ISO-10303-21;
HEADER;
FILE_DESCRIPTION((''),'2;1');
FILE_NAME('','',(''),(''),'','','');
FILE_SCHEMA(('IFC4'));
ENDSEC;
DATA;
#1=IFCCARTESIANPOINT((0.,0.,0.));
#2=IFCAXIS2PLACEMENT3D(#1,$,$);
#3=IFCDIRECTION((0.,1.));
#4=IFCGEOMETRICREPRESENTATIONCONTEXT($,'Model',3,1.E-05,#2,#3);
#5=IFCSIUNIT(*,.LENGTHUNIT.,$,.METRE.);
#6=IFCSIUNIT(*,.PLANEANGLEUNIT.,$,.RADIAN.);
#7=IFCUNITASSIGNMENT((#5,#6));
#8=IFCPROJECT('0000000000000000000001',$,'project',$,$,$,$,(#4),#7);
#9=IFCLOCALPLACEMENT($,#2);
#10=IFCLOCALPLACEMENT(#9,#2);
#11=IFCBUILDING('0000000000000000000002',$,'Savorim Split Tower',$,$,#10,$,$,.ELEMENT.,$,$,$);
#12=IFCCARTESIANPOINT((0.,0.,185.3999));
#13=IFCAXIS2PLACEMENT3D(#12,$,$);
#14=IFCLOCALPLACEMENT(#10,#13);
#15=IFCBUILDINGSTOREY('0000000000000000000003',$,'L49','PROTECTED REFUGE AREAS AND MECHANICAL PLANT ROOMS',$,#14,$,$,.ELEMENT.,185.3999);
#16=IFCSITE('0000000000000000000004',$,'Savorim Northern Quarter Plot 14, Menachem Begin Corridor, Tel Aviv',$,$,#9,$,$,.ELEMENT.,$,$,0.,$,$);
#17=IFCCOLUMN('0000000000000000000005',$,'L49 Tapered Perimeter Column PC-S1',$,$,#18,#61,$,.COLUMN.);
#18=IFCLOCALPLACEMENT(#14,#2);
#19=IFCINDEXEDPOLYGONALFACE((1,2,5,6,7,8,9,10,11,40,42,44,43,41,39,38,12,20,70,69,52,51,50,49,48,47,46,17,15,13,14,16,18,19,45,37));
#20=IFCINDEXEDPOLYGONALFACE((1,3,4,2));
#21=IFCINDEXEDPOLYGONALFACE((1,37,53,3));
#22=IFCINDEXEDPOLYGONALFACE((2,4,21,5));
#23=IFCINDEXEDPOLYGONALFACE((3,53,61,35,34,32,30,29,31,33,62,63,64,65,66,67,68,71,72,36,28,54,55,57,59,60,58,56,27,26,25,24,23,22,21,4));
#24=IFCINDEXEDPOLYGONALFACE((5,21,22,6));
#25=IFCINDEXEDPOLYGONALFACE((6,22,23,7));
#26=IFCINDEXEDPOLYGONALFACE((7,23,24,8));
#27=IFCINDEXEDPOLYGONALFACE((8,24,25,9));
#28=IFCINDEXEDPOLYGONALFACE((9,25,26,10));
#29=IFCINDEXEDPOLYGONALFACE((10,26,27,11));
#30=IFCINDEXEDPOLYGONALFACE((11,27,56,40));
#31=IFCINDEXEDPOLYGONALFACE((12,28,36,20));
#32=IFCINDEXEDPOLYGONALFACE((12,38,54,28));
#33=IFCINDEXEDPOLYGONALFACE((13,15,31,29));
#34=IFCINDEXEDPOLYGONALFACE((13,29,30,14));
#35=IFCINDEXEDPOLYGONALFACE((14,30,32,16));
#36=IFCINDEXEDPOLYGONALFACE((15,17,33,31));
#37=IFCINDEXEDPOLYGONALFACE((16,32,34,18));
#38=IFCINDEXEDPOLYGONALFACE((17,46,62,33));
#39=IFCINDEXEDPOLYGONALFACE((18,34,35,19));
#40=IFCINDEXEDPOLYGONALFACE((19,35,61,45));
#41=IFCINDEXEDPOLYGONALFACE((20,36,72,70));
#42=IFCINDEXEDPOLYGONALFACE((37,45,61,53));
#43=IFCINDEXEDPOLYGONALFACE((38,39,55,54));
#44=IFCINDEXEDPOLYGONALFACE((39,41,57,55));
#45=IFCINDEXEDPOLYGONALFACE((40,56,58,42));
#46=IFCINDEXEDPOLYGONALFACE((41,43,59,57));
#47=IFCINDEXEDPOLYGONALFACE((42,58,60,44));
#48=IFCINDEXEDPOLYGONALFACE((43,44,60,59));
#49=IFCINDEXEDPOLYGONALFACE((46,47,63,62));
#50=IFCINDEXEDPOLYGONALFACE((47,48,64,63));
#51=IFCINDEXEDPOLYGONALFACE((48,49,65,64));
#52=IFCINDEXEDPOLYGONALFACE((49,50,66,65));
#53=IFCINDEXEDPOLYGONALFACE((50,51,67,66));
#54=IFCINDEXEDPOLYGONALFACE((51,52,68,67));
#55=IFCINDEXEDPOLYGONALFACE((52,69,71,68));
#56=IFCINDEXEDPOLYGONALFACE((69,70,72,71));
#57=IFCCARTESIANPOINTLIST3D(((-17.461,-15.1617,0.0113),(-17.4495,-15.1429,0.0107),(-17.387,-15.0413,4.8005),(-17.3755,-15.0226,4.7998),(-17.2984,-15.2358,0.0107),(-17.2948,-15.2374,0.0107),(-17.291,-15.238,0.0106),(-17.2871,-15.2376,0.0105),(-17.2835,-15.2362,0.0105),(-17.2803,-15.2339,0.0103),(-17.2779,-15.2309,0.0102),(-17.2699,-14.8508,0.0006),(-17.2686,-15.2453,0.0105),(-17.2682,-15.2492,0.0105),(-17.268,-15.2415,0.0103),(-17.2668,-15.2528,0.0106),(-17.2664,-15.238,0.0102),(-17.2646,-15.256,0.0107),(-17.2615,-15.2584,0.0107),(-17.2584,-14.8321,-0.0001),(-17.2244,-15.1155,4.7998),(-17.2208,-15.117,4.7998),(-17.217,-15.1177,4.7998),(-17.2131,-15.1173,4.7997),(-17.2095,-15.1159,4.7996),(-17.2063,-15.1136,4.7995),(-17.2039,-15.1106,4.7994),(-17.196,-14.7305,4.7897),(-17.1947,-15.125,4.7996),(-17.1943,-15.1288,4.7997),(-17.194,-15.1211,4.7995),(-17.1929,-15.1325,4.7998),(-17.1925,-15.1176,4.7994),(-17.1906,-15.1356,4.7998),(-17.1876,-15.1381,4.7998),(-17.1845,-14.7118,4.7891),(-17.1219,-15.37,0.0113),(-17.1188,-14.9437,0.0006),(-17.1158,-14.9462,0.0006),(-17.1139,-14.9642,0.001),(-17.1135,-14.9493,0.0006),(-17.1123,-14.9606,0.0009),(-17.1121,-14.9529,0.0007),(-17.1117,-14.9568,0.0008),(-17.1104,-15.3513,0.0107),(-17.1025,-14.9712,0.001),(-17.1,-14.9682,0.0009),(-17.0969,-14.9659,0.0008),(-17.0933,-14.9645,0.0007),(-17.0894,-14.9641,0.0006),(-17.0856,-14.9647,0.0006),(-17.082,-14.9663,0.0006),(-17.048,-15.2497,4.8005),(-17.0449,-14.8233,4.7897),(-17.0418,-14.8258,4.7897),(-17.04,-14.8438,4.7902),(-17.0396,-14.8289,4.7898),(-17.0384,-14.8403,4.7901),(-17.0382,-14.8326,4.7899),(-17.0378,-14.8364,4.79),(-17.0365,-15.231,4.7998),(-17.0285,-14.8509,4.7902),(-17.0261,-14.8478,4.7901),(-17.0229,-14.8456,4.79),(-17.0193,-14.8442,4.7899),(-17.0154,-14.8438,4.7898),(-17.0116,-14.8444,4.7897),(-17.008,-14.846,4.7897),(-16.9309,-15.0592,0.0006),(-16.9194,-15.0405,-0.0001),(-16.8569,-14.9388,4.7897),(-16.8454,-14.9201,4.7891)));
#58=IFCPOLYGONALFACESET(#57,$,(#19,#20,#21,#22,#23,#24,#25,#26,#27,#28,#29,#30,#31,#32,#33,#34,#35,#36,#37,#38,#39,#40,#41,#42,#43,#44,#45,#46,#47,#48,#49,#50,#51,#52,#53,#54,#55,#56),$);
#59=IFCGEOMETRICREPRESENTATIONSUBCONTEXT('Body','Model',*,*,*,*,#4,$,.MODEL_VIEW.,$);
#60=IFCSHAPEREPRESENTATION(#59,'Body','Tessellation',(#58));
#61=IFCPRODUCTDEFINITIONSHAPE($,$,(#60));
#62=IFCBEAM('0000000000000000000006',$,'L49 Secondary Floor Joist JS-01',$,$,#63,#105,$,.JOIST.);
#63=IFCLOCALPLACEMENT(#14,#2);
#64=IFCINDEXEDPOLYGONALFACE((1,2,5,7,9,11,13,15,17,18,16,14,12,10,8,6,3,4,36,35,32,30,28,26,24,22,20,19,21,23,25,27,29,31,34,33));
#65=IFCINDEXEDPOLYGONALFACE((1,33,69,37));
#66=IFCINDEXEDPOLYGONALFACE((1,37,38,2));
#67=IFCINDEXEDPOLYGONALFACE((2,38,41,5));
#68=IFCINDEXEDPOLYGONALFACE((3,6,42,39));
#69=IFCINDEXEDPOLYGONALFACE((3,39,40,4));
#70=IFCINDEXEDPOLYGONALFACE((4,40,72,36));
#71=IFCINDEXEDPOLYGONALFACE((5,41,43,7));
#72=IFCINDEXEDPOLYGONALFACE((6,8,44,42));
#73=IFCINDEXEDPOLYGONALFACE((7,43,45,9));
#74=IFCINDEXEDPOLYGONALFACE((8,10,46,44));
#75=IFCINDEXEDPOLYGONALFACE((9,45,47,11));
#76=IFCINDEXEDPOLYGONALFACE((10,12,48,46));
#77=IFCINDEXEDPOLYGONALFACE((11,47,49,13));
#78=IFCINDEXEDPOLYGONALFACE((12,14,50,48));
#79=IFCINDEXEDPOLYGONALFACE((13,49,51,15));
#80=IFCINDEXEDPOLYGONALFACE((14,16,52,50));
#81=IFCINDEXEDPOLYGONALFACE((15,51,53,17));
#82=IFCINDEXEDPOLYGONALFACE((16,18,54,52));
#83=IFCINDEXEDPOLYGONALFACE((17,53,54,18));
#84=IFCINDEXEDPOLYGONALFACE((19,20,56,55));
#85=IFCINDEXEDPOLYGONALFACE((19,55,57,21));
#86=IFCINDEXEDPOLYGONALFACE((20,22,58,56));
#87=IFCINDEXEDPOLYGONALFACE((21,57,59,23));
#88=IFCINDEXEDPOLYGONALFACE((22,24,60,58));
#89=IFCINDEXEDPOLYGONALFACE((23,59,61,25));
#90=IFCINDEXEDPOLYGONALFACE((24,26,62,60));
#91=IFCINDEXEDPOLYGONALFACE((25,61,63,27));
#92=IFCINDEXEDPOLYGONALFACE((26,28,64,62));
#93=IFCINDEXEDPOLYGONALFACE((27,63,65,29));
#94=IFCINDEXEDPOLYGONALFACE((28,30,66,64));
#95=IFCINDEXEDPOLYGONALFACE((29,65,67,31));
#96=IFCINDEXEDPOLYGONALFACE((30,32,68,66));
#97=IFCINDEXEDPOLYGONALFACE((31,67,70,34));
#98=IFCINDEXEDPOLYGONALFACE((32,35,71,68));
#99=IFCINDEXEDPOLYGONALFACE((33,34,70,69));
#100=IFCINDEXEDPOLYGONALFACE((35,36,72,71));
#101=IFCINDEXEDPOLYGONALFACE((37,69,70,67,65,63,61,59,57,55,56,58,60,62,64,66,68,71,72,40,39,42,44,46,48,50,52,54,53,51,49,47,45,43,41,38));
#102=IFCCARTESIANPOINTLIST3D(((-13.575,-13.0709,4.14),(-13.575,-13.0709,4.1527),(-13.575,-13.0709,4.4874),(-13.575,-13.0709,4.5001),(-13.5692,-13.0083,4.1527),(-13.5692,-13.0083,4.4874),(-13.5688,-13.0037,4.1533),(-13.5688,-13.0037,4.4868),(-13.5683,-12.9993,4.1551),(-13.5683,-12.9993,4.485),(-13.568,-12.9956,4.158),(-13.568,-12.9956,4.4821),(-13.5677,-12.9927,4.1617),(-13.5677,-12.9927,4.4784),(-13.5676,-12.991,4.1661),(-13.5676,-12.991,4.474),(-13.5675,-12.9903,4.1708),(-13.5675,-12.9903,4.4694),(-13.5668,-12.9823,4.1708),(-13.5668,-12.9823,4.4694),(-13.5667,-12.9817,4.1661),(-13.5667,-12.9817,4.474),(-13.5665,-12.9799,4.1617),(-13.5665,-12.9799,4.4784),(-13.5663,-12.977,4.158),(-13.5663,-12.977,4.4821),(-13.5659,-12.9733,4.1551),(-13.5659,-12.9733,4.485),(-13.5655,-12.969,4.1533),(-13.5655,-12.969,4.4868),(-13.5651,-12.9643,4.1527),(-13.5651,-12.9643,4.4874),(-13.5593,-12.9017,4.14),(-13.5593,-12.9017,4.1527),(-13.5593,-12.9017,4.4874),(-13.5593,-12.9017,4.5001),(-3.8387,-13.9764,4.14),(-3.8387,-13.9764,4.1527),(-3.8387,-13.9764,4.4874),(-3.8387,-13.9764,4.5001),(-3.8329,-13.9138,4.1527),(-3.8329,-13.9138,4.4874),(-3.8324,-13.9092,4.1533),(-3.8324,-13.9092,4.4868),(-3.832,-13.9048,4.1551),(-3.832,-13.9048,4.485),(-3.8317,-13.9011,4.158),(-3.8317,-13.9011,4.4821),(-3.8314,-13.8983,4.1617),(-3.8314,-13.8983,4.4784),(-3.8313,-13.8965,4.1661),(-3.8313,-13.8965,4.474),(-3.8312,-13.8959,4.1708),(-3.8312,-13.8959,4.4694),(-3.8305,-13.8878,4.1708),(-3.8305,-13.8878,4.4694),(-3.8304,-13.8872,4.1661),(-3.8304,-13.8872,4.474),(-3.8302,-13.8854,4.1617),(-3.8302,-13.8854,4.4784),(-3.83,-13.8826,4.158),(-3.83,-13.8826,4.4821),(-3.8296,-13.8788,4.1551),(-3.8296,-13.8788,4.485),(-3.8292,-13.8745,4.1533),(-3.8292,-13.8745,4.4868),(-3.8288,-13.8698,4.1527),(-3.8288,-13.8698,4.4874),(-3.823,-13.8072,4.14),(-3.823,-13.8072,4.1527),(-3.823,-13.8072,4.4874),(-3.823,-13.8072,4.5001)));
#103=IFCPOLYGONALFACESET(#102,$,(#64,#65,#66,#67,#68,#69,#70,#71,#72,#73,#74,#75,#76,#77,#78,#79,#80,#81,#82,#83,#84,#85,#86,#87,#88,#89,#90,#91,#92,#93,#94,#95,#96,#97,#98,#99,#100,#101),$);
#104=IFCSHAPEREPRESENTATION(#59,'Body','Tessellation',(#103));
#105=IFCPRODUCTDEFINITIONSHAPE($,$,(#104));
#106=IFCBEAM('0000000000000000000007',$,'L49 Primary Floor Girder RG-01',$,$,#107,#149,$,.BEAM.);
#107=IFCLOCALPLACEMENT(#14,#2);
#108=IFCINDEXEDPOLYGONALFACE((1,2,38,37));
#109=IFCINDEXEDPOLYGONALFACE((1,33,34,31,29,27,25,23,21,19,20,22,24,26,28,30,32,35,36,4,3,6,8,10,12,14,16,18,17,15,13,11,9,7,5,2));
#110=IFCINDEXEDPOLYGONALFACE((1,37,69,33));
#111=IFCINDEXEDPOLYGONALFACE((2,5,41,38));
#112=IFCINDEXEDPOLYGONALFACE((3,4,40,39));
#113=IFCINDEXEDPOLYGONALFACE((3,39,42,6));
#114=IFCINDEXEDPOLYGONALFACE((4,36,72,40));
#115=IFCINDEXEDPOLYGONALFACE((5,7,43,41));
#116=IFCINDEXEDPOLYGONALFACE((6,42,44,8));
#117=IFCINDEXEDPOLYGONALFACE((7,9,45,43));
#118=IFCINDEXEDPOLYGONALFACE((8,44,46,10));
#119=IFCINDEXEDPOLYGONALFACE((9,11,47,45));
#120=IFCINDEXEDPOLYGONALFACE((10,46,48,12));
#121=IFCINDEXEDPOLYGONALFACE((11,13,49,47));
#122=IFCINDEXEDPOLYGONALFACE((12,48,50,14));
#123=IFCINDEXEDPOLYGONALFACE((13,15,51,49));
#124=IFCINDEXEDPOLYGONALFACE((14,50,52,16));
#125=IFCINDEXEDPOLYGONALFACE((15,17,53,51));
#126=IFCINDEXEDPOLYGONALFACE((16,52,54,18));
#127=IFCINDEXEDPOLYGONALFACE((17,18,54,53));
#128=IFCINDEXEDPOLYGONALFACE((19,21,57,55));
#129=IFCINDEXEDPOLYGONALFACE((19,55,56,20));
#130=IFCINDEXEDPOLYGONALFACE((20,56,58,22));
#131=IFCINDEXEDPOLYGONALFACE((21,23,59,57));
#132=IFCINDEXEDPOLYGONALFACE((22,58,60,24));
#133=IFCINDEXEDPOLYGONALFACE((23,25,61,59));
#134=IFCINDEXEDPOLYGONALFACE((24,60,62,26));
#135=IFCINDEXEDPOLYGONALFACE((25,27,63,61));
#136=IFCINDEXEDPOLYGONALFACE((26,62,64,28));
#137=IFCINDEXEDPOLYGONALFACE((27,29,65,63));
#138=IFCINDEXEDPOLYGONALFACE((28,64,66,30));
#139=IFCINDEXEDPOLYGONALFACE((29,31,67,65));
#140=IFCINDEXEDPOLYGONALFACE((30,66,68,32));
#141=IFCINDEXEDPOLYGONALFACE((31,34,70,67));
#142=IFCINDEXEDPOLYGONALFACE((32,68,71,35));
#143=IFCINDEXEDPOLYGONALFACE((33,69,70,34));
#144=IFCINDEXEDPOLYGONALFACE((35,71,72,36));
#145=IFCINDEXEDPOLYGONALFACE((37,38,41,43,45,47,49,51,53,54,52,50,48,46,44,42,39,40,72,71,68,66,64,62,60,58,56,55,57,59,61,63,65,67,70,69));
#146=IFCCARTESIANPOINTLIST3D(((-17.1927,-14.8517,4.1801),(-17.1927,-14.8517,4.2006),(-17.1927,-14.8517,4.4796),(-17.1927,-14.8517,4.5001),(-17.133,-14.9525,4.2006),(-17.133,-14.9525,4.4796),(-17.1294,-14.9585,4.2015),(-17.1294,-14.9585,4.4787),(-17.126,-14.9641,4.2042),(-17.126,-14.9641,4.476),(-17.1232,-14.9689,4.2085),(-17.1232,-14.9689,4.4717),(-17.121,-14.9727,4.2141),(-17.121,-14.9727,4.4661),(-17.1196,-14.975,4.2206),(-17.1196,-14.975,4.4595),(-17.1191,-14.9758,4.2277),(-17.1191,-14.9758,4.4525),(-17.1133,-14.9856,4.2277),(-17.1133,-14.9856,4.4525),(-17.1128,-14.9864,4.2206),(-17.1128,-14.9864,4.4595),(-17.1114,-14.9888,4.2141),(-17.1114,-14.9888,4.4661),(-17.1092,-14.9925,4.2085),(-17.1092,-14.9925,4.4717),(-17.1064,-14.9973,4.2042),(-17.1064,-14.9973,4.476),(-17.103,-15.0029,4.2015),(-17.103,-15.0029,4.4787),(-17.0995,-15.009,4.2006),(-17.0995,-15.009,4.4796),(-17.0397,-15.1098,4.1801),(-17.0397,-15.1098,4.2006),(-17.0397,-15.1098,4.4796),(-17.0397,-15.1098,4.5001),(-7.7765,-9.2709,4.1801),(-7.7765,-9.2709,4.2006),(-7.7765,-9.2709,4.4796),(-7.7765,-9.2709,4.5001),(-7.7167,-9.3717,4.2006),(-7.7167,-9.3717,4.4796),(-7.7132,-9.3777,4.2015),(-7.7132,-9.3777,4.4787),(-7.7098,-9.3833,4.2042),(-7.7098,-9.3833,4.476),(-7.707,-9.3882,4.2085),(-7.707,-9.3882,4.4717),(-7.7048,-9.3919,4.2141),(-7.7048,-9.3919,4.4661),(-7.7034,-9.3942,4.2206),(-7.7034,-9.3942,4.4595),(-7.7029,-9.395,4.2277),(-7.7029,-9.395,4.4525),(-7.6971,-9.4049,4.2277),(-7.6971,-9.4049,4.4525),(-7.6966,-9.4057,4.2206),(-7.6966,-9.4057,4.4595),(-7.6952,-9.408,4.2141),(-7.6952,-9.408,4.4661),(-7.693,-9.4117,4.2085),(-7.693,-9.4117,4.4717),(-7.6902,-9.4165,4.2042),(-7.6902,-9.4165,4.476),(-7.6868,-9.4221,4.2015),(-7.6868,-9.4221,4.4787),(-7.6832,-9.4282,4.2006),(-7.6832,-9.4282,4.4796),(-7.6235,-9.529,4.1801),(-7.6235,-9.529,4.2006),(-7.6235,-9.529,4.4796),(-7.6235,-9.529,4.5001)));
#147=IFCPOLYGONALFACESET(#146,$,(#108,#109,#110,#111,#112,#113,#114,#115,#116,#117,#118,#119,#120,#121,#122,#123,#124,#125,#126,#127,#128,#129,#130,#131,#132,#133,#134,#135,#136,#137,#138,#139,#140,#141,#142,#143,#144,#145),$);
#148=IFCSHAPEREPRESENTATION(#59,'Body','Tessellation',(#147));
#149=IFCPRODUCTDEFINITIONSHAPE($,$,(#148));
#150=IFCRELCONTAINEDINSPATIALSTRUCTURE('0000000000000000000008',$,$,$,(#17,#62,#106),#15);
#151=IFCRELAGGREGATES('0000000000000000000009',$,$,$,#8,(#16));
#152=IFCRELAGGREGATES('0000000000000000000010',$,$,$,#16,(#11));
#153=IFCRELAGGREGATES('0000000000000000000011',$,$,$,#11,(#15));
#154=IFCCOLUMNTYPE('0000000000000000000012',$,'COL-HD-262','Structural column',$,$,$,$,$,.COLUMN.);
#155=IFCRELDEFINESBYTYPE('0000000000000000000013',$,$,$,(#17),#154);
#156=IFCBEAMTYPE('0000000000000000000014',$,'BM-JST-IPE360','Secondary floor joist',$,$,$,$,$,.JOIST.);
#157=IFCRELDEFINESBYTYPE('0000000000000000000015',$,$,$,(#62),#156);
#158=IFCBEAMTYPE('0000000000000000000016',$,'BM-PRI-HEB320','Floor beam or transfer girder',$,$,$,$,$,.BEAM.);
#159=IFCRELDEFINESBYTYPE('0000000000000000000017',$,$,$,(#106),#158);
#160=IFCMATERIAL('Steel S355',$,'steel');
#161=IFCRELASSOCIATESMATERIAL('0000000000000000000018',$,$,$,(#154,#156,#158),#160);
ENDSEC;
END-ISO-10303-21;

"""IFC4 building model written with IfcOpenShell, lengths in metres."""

from ifc_helpers import new_model, si_unit, direction, frame, origin, origin_2d, place, context, subcontext, project, spatial, i_section, extrude, material, material_profile, profile_set, type_object, element, save


model = new_model("IFC4")

# Units and contexts
model_context = context("Model", 3, precision=1e-05, world=origin(), true_north=direction((0.0, 1.0)))
body_context = subcontext(model_context, "Body", "Model", "MODEL_VIEW")
ifc_project = project(units=[si_unit("LENGTHUNIT", "METRE"), si_unit("PLANEANGLEUNIT", "RADIAN")], contexts=[model_context])

# Site, building, storey
site_placement = place(None, origin())
site = spatial("IfcSite", under=ifc_project, at=site_placement, Name="Savorim Northern Quarter Plot 14, Menachem Begin Corridor, Tel Aviv", CompositionType="ELEMENT", RefElevation=0.0)
building_placement = place(site_placement, origin())
building = spatial("IfcBuilding", under=site, at=building_placement, Name="Savorim Split Tower", CompositionType="ELEMENT")
storey_placement = place(building_placement, frame((0.0, 0.0, 185.3999)))
storey = spatial("IfcBuildingStorey", under=building, at=storey_placement, Name="L49", Description="PROTECTED REFUGE AREAS AND MECHANICAL PLANT ROOMS", CompositionType="ELEMENT", Elevation=185.3999)

# Column
ifc_material_1 = material(Name="Steel S355", Category="steel")
ifc_material_profile_1 = material_profile(ifc_material_1, i_section(OverallWidth=0.3979, OverallDepth=0.387, WebThickness=0.0134, FlangeThickness=0.022, FilletRadius=0.0149, at=origin_2d()), Name="HD 400x262")
ifc_profile_set_1 = profile_set([ifc_material_profile_1], Name="Steel S355")
column_type = type_object("IfcColumnType", Name="COL-HD-262", Description="Structural column", PredefinedType="COLUMN", material=ifc_profile_set_1)
column_placement = place(storey_placement, frame((-17.1902, -15.1011, 0.0056), z_axis=(0.01544, 0.025122, 0.999565), x_axis=(-0.851955, 0.523615, 0.0)))
element("IfcColumn", 1, at=column_placement, inside=storey, type_object=column_type, Name="L49 Tapered Perimeter Column PC-S1", PredefinedType="COLUMN", context=body_context, shape_type="SweptSolid", body=[
    extrude(i_section(OverallWidth=0.3979, OverallDepth=0.387, WebThickness=0.0134, FlangeThickness=0.022, FilletRadius=0.0149, at=origin_2d()), origin(), (0.0, 0.0, 1.0), 4.7913),
])

# Beams
ifc_material_profile_2 = material_profile(ifc_material_1, i_section(OverallWidth=0.1699, OverallDepth=0.3601, WebThickness=0.0081, FlangeThickness=0.0127, FilletRadius=0.0181, at=origin_2d()), Name="IPE 360")
ifc_profile_set_2 = profile_set([ifc_material_profile_2], Name="Steel S355")
beam_type_1 = type_object("IfcBeamType", Name="BM-JST-IPE360", Description="Secondary floor joist", PredefinedType="JOIST", material=ifc_profile_set_2)
beam_1_placement = place(storey_placement, frame((-13.5671, -12.9863, 4.3201), z_axis=(0.995703, -0.092604, 0.0), x_axis=(0.092604, 0.995703, 0.0)))
element("IfcBeam", 2, at=beam_1_placement, inside=storey, type_object=beam_type_1, Name="L49 Secondary Floor Joist JS-01", PredefinedType="JOIST", context=body_context, shape_type="SweptSolid", body=[
    extrude(i_section(OverallWidth=0.1699, OverallDepth=0.3601, WebThickness=0.0081, FlangeThickness=0.0127, FilletRadius=0.0181, at=origin_2d()), origin(), (0.0, 0.0, 1.0), 9.7783),
])
ifc_material_profile_3 = material_profile(ifc_material_1, i_section(OverallWidth=0.3, OverallDepth=0.3201, WebThickness=0.0115, FlangeThickness=0.0205, FilletRadius=0.0271, at=origin_2d()), Name="HEB 320")
ifc_profile_set_3 = profile_set([ifc_material_profile_3], Name="Steel S355")
beam_type_2 = type_object("IfcBeamType", Name="BM-PRI-HEB320", Description="Floor beam or transfer girder", PredefinedType="BEAM", material=ifc_profile_set_3)
beam_2_placement = place(storey_placement, frame((-17.1162, -14.9807, 4.3401), z_axis=(0.860259, 0.509857, 0.0), x_axis=(-0.509857, 0.860259, 0.0)))
element("IfcBeam", 3, at=beam_2_placement, inside=storey, type_object=beam_type_2, Name="L49 Primary Floor Girder RG-01", PredefinedType="BEAM", context=body_context, shape_type="SweptSolid", body=[
    extrude(i_section(OverallWidth=0.3, OverallDepth=0.3201, WebThickness=0.0115, FlangeThickness=0.0205, FilletRadius=0.0271, at=origin_2d()), origin(), (0.0, 0.0, 1.0), 10.9458),
])

save(model, "model.ifc")
